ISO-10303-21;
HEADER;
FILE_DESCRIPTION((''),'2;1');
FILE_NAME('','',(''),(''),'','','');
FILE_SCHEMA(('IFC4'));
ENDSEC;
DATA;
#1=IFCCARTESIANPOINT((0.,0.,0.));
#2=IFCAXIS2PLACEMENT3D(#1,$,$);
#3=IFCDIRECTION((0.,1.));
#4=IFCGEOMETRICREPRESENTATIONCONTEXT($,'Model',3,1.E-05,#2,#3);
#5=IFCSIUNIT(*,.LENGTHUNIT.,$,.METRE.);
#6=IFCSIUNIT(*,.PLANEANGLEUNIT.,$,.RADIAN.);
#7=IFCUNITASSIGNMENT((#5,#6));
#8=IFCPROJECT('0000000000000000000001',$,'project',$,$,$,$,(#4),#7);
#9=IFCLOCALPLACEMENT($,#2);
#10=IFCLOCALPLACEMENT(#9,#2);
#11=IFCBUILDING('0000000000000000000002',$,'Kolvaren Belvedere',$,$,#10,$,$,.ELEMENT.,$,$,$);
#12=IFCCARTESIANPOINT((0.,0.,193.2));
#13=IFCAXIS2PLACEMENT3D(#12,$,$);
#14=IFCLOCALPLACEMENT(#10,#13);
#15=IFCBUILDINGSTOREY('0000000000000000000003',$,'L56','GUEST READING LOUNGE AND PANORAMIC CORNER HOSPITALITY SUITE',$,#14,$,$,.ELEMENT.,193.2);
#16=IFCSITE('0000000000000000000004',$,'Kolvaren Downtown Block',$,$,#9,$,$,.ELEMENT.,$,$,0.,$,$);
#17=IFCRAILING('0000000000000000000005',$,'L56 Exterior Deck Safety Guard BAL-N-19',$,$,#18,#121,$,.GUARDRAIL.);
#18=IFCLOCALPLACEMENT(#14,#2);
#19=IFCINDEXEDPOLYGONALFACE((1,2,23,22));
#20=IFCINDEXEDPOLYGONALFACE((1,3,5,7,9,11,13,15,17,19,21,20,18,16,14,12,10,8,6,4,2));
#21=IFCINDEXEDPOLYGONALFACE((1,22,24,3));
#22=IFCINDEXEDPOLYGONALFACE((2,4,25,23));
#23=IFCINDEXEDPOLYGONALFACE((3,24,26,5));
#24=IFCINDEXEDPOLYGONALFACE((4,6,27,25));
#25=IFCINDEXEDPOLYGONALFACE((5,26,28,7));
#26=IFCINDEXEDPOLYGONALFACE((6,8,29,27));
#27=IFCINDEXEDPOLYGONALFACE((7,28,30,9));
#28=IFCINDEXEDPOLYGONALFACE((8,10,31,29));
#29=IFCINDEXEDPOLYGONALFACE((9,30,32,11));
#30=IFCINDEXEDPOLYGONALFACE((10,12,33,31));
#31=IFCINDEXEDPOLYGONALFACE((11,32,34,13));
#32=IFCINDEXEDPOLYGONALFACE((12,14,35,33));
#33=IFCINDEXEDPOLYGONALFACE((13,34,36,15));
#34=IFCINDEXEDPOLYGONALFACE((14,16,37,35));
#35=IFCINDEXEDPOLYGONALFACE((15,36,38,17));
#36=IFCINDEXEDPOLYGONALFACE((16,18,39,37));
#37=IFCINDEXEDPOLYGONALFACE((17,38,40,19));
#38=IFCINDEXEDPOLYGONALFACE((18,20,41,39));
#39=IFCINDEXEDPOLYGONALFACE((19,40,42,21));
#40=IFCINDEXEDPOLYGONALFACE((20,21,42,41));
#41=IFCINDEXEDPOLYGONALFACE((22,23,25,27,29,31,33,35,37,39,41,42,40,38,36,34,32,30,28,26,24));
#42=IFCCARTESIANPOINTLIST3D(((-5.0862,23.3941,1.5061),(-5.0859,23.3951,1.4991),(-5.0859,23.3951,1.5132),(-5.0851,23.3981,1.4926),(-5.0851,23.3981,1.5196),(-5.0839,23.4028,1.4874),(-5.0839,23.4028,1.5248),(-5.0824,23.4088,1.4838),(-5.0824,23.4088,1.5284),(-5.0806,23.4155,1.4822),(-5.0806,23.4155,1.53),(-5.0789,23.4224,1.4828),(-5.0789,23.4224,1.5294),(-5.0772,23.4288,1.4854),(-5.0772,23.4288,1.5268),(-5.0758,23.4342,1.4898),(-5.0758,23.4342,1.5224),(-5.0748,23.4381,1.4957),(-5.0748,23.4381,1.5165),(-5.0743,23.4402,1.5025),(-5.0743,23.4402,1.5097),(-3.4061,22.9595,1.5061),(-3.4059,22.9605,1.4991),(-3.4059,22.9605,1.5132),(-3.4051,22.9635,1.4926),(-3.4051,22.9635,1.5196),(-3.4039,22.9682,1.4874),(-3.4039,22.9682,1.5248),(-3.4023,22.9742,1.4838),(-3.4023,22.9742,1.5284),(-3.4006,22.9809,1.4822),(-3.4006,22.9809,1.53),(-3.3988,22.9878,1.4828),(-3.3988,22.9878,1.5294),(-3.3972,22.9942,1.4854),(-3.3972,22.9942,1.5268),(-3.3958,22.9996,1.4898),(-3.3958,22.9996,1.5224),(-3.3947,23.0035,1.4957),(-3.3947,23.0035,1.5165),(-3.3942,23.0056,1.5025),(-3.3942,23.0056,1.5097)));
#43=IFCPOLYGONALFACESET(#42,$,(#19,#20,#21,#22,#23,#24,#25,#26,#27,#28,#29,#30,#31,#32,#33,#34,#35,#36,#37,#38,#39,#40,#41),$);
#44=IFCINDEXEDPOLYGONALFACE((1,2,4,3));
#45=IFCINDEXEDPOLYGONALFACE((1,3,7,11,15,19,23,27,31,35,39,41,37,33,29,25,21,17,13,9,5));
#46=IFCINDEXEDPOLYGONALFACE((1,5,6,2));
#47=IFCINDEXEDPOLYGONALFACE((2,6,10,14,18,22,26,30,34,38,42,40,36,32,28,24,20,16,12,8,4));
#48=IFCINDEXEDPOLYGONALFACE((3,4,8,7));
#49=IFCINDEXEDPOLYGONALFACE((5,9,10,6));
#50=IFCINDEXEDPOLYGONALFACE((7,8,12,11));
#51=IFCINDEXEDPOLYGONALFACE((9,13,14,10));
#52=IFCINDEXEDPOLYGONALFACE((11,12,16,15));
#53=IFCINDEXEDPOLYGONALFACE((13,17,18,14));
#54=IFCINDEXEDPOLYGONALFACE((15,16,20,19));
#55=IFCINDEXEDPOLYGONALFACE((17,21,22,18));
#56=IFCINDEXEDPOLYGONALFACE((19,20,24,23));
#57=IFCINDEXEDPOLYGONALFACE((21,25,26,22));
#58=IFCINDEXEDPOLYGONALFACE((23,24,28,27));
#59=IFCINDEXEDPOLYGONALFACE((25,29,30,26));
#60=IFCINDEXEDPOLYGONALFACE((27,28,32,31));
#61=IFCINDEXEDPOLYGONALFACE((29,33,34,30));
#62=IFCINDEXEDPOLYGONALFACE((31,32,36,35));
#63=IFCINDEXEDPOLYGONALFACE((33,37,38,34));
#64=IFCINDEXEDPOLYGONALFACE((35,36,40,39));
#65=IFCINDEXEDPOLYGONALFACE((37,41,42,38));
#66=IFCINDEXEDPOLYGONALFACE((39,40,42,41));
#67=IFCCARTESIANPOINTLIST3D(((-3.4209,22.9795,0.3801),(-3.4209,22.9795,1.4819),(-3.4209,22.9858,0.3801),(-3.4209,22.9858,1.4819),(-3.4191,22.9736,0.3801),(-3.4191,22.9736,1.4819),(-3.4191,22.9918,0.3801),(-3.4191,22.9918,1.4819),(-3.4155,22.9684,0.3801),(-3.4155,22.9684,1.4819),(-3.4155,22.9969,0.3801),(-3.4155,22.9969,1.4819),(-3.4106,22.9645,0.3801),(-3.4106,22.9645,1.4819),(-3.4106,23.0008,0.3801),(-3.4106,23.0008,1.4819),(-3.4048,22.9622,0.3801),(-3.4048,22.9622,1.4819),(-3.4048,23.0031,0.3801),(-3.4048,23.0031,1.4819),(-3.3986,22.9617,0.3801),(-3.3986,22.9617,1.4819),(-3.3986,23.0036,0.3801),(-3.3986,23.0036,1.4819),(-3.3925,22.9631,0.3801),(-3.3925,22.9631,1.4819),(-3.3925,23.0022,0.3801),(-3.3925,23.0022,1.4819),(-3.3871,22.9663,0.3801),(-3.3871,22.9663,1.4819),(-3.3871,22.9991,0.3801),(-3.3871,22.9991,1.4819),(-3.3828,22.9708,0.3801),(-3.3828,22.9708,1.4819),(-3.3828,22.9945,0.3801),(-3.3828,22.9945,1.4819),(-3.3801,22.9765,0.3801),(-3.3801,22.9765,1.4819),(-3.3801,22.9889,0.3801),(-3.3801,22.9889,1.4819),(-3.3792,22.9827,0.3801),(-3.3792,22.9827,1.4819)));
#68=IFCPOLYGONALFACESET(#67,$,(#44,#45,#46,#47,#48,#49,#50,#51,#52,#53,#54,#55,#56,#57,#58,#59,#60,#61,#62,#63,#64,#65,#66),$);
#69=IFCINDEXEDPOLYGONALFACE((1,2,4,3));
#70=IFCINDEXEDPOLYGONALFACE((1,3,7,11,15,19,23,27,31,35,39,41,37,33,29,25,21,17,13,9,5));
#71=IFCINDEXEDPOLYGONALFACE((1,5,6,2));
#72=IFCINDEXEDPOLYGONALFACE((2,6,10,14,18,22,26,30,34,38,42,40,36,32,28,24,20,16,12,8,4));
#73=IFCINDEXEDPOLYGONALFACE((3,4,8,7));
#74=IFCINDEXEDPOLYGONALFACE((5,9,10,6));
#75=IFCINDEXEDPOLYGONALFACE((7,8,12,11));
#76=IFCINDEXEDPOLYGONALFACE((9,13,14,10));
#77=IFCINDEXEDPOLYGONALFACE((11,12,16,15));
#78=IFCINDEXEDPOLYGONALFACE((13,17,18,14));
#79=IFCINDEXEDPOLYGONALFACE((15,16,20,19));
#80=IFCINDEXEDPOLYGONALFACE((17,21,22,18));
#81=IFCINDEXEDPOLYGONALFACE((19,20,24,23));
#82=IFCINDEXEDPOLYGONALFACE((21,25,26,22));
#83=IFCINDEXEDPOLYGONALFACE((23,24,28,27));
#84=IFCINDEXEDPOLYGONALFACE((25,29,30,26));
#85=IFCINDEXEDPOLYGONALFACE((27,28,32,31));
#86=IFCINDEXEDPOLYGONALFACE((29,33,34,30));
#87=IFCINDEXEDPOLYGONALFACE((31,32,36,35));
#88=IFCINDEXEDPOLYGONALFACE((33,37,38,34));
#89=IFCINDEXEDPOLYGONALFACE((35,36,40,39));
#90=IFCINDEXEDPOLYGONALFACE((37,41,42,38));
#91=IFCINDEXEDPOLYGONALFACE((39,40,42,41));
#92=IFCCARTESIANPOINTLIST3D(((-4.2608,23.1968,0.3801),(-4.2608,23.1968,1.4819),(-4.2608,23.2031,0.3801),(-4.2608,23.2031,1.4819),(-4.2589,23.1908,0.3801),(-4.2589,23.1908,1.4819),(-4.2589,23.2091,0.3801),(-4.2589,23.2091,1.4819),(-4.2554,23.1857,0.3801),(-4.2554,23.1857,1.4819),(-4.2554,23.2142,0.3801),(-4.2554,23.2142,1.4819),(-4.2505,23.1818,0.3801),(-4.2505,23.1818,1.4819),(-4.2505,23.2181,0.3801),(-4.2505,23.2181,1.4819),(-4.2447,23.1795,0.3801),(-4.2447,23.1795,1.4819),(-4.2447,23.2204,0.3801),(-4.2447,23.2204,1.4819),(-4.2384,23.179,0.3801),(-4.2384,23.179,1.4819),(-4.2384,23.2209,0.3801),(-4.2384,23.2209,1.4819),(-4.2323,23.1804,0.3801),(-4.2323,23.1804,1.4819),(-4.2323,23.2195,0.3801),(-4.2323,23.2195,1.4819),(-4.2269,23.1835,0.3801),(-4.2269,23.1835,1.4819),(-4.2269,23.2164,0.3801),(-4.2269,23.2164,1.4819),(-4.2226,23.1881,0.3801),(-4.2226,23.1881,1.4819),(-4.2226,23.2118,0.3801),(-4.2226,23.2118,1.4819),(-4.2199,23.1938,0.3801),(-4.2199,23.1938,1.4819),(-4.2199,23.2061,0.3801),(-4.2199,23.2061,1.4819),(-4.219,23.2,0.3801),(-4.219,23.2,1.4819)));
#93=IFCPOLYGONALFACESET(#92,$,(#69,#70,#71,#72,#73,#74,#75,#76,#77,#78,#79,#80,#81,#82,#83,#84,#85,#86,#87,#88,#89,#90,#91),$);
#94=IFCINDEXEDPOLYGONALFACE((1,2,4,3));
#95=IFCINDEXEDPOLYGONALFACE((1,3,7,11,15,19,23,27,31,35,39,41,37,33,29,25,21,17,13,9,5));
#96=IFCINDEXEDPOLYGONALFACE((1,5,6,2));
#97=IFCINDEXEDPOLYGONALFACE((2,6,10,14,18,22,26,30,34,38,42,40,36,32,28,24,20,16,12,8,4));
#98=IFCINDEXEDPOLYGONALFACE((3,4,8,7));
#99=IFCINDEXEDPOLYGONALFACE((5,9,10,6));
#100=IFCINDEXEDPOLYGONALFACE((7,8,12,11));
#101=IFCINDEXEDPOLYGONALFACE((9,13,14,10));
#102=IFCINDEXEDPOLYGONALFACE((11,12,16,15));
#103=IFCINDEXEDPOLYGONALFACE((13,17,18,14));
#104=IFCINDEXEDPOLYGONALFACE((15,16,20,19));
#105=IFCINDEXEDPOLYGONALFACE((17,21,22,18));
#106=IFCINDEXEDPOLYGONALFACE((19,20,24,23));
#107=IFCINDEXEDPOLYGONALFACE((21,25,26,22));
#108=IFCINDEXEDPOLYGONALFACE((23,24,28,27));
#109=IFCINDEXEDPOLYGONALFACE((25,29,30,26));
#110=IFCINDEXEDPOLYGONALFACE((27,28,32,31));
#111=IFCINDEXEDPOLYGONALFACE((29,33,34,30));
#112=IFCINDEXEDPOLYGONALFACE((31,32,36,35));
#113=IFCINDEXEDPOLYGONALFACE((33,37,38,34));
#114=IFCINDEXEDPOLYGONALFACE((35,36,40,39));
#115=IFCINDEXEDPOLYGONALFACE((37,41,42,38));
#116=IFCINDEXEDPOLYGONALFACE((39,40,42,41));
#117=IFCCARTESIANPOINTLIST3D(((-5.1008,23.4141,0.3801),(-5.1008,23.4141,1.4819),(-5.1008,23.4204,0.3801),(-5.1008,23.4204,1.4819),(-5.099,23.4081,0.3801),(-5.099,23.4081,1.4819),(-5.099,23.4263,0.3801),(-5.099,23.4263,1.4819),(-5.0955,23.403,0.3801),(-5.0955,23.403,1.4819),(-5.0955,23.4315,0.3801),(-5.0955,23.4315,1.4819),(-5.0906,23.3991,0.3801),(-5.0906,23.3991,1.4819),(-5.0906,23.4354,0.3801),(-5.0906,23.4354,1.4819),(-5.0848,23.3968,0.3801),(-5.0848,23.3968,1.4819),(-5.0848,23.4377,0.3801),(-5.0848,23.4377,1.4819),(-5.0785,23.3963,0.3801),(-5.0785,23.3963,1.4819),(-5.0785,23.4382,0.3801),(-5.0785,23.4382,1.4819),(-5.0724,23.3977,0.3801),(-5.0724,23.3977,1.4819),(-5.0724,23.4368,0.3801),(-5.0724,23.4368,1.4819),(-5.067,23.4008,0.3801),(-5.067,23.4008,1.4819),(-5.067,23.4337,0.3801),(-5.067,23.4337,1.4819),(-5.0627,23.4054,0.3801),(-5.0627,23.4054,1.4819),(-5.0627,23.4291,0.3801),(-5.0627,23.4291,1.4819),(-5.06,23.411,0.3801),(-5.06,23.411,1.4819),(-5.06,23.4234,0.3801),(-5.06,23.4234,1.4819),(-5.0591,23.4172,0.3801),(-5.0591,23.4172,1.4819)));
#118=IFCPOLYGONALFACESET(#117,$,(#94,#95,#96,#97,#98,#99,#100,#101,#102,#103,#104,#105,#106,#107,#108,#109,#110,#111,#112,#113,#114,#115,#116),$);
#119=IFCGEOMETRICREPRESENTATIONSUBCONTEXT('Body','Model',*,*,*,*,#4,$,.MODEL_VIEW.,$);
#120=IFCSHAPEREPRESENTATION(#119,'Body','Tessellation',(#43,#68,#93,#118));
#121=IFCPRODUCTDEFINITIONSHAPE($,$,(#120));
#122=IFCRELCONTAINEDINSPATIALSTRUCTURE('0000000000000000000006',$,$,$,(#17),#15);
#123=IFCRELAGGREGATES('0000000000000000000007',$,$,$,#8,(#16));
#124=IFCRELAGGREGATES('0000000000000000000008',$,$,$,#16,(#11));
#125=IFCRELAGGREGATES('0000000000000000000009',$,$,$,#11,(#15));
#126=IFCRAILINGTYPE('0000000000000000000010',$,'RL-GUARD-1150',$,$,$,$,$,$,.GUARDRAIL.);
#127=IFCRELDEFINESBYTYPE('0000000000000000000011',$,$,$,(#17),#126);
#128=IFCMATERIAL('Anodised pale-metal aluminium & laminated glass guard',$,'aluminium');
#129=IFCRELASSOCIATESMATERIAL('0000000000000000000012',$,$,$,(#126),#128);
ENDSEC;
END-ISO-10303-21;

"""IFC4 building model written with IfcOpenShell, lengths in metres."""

from ifc_helpers import new_model, si_unit, direction, frame, origin, origin_2d, place, context, subcontext, project, spatial, circle, extrude, material, type_object, element, save


model = new_model("IFC4")

# Units and contexts
model_context = context("Model", 3, precision=1e-05, world=origin(), true_north=direction((0.0, 1.0)))
body_context = subcontext(model_context, "Body", "Model", "MODEL_VIEW")
ifc_project = project(units=[si_unit("LENGTHUNIT", "METRE"), si_unit("PLANEANGLEUNIT", "RADIAN")], contexts=[model_context])

# Site, building, storey
site_placement = place(None, origin())
site = spatial("IfcSite", under=ifc_project, at=site_placement, Name="Kolvaren Downtown Block", CompositionType="ELEMENT", RefElevation=0.0)
building_placement = place(site_placement, origin())
building = spatial("IfcBuilding", under=site, at=building_placement, Name="Kolvaren Belvedere", CompositionType="ELEMENT")
storey_placement = place(building_placement, frame((0.0, 0.0, 193.2)))
storey = spatial("IfcBuildingStorey", under=building, at=storey_placement, Name="L56", Description="GUEST READING LOUNGE AND PANORAMIC CORNER HOSPITALITY SUITE", CompositionType="ELEMENT", Elevation=193.2)

# Railing
ifc_material_1 = material(Name="Anodised pale-metal aluminium & laminated glass guard", Category="aluminium")
railing_type = type_object("IfcRailingType", Name="RL-GUARD-1150", PredefinedType="GUARDRAIL", material=ifc_material_1)
railing_1_placement = place(storey_placement, frame((-3.4001, 22.9827, 0.3801)))
element("IfcRailing", 1, at=railing_1_placement, inside=storey, type_object=railing_type, Name="L56 Exterior Deck Safety Guard BAL-N-19", PredefinedType="GUARDRAIL", context=body_context, shape_type="SweptSolid", body=[
    extrude(circle(Radius=0.0239, at=origin_2d()), frame((0.0, 0.0, 1.126), z_axis=(-0.968132, 0.25044, 0.0), x_axis=(-0.25044, -0.968132, 0.0)), (0.0, 0.0, 1.0), 1.7354),
    extrude(circle(Radius=0.021, at=origin_2d()), origin(), (0.0, 0.0, 1.0), 1.1018),
    extrude(circle(Radius=0.021, at=origin_2d()), frame((-0.8398, 0.2173, 0.0)), (0.0, 0.0, 1.0), 1.1018),
    extrude(circle(Radius=0.021, at=origin_2d()), frame((-1.6799, 0.4346, 0.0)), (0.0, 0.0, 1.0), 1.1018),
])

save(model, "model.ifc")
